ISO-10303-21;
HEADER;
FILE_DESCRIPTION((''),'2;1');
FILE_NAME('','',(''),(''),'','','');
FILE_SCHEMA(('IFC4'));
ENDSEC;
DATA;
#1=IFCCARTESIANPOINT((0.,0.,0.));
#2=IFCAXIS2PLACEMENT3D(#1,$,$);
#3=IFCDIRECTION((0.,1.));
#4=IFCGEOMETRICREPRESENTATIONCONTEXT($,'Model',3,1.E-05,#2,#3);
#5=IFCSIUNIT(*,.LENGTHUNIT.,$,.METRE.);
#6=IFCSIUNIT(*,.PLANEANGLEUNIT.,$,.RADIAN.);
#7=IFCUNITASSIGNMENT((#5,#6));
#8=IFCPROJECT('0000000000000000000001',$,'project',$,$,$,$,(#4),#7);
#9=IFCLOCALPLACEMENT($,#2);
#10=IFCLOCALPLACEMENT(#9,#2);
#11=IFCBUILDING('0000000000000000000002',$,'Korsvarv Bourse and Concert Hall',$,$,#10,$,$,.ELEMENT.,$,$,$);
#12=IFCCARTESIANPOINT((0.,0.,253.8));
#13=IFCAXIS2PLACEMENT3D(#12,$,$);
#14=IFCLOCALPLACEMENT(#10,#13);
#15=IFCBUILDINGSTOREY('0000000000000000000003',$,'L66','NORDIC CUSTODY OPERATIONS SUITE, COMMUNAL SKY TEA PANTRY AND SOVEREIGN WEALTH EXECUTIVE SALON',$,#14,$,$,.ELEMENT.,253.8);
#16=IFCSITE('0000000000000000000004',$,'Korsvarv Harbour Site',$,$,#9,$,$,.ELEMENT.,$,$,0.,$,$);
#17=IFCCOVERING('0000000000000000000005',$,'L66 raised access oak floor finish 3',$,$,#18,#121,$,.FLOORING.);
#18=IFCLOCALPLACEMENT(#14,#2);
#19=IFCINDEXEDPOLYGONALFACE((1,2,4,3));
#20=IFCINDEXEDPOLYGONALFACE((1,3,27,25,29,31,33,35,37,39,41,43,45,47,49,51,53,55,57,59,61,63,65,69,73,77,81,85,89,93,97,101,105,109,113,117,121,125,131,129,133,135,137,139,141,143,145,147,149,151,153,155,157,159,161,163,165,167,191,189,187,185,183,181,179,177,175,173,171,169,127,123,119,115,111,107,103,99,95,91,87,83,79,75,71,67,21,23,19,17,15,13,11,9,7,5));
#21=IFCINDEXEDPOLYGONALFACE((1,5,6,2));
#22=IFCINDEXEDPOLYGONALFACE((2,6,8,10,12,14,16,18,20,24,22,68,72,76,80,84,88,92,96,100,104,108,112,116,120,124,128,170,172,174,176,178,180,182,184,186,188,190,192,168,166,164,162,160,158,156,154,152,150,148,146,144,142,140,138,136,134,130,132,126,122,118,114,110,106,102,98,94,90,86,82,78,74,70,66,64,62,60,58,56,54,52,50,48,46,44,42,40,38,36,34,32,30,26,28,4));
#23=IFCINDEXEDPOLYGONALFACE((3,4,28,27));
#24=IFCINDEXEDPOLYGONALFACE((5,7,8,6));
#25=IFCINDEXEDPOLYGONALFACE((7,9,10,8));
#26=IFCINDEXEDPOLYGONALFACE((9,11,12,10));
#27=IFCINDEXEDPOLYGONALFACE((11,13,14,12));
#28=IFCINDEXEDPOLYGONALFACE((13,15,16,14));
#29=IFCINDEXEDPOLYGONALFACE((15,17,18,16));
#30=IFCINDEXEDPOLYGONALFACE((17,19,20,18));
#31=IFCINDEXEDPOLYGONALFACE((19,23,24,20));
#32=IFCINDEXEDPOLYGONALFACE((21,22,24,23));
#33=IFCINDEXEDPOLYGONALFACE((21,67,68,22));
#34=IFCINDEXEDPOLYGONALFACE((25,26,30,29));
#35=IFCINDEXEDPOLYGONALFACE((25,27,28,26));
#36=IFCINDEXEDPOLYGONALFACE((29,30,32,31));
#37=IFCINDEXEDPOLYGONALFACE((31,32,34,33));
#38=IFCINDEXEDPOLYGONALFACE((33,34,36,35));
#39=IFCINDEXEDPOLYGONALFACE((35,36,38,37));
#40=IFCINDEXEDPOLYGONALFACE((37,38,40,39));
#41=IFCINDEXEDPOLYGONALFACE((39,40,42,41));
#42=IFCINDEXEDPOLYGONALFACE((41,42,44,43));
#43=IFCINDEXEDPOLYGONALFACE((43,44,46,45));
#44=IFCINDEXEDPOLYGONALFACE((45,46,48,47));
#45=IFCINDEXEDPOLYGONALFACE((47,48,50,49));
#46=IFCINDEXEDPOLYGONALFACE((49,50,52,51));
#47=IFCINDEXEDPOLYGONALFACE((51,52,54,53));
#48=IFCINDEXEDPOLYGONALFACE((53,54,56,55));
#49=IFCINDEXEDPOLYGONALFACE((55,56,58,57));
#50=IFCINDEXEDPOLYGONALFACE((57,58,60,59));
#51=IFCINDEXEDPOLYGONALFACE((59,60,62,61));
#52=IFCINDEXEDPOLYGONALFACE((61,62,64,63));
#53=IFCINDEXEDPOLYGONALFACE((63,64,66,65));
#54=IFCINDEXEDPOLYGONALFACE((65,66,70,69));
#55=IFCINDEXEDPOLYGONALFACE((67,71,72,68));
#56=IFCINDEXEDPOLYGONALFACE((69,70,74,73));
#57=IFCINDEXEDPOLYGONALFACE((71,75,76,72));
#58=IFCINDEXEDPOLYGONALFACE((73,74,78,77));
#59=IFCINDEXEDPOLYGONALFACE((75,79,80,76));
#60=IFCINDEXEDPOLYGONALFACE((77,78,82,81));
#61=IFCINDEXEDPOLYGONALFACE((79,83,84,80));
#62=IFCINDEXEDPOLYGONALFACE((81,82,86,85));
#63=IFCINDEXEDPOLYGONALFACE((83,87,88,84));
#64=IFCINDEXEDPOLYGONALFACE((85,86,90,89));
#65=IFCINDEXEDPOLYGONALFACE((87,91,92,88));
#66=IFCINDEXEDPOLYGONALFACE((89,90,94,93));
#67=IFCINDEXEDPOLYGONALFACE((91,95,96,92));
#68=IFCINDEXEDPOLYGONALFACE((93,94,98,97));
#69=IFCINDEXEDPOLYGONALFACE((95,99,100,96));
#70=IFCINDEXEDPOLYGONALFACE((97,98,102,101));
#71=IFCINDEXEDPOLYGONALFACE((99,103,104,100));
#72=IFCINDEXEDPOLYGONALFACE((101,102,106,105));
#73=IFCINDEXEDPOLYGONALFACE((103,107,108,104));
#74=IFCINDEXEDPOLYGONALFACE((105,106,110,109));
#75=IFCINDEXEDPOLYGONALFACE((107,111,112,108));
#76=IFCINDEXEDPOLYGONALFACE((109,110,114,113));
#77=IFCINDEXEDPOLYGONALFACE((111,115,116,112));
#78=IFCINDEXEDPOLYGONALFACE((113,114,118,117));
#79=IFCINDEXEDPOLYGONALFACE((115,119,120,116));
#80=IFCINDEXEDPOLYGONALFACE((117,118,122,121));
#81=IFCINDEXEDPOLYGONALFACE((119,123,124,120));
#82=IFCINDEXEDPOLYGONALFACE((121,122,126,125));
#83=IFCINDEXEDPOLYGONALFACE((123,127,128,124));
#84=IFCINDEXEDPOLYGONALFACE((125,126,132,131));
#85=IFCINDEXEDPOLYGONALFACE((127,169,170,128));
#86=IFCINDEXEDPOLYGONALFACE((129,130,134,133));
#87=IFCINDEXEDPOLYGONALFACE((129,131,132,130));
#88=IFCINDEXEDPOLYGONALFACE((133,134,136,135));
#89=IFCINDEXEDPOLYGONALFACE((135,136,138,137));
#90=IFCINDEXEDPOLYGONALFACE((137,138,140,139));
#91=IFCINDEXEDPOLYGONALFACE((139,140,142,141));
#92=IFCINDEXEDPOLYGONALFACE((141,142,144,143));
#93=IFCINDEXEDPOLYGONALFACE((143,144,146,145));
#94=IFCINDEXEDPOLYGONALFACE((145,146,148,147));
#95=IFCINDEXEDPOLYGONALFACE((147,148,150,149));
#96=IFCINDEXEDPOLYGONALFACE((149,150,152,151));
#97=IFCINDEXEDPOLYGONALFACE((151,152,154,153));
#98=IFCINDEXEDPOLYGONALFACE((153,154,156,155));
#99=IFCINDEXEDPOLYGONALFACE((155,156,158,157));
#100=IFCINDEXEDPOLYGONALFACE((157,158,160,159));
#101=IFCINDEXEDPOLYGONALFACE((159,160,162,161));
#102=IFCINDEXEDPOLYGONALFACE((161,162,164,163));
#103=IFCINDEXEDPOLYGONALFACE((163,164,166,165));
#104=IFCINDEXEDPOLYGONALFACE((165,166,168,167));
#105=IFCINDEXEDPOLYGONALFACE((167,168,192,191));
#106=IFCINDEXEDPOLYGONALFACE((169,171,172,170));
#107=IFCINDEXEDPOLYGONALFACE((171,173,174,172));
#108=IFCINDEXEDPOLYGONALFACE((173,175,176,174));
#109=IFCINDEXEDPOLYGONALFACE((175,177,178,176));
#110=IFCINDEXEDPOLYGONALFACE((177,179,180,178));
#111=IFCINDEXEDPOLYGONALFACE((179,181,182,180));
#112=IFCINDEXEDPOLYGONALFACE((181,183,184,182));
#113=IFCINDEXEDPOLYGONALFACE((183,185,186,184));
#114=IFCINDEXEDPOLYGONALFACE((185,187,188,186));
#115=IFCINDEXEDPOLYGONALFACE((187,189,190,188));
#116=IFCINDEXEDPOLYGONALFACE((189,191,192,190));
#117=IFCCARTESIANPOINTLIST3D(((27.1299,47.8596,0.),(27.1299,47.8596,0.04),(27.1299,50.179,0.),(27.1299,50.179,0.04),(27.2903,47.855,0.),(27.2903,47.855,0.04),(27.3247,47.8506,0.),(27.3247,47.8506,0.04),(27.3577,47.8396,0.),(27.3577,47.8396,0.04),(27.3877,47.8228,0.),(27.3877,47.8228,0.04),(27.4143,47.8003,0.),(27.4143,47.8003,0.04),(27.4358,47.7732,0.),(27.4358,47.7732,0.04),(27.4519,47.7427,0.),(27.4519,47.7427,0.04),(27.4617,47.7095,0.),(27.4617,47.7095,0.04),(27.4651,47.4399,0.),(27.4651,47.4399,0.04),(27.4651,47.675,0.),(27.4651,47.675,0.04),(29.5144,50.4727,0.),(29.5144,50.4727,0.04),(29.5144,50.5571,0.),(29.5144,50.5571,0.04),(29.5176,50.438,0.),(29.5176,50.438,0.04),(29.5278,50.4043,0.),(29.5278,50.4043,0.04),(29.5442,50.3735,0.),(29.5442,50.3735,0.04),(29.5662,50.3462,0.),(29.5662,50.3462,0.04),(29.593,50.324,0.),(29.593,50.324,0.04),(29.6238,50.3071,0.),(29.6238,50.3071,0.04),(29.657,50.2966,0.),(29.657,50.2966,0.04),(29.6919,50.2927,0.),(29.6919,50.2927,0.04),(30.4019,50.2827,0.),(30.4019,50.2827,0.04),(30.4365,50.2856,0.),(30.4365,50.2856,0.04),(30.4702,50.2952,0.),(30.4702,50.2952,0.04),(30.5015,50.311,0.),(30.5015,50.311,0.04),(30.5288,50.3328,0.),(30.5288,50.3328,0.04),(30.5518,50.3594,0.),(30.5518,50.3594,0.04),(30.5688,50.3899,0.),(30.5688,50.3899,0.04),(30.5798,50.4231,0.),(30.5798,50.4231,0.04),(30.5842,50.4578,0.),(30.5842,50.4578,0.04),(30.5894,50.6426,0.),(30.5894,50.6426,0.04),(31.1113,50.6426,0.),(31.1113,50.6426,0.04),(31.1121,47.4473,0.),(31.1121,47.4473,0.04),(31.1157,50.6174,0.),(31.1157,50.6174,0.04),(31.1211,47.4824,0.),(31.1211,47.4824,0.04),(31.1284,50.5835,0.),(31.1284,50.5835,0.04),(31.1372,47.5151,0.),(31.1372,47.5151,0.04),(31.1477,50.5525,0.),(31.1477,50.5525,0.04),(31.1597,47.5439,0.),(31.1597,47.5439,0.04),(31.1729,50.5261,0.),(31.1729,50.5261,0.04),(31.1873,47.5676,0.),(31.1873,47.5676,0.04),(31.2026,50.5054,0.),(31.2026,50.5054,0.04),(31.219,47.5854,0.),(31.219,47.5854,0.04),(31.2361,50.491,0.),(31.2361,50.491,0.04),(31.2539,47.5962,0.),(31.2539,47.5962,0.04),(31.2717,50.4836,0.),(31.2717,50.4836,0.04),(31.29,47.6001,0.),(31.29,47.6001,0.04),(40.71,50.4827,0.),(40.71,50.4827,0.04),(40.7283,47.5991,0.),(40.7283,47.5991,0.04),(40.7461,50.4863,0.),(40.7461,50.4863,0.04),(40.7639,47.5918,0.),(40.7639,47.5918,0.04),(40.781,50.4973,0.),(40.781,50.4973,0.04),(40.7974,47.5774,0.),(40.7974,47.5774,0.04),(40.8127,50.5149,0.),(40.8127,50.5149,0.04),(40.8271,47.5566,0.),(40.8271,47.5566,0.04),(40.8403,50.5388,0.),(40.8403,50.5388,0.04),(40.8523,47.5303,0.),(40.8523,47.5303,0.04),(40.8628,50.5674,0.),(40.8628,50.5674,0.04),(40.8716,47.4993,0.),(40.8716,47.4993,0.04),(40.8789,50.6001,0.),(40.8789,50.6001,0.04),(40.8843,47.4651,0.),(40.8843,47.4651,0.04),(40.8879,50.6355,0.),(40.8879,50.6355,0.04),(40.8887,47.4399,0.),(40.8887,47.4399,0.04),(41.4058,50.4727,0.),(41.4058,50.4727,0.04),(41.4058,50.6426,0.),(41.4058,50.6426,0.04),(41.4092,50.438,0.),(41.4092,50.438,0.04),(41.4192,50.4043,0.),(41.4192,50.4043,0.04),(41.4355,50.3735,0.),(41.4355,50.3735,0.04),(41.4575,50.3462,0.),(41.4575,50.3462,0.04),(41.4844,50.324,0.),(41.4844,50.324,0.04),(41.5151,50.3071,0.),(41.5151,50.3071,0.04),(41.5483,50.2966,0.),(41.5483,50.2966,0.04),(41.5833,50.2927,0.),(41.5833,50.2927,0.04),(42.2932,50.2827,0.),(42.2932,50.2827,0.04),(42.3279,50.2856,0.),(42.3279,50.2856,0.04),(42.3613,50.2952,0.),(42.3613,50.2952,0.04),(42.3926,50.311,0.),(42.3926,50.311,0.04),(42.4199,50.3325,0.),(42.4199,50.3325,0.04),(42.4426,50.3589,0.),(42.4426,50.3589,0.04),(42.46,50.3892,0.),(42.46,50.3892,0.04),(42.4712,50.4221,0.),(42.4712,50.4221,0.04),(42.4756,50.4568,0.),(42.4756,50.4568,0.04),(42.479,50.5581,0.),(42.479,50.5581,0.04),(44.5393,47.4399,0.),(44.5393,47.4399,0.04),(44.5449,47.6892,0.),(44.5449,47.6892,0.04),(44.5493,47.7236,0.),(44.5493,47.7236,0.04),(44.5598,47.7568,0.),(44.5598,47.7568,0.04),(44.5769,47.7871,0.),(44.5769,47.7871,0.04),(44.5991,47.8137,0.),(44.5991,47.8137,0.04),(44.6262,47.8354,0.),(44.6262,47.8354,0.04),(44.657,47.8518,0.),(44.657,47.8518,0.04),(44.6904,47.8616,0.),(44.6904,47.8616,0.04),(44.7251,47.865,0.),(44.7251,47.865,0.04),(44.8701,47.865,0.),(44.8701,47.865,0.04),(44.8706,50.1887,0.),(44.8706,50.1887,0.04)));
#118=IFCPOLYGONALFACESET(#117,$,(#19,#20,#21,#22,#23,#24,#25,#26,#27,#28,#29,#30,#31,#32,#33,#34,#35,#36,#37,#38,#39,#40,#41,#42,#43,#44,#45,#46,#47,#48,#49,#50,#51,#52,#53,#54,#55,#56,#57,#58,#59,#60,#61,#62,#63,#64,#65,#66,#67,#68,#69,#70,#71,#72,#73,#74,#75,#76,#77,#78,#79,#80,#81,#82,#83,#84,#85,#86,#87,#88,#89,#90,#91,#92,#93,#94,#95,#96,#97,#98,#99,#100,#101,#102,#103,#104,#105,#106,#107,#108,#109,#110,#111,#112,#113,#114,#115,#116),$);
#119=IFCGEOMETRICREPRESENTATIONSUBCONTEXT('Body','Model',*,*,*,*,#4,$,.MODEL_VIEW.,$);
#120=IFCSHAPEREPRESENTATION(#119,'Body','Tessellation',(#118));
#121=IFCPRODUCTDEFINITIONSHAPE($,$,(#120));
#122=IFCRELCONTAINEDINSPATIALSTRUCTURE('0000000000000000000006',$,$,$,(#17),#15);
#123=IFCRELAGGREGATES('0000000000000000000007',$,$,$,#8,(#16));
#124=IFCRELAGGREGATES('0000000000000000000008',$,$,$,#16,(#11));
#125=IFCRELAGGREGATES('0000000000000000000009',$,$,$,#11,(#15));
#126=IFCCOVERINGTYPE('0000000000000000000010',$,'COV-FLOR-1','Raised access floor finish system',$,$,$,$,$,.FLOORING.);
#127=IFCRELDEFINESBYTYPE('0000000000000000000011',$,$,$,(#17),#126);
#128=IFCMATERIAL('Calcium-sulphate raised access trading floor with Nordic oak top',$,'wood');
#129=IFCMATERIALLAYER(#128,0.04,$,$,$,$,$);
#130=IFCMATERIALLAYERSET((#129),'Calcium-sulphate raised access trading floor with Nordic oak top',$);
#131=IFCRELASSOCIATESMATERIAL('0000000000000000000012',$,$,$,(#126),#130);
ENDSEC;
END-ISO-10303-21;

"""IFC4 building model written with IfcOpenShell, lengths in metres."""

from ifc_helpers import new_model, si_unit, direction, frame, origin, place, context, subcontext, project, spatial, polyline, outline, extrude, material, layer, layer_set, type_object, element, save


model = new_model("IFC4")

# Units and contexts
model_context = context("Model", 3, precision=1e-05, world=origin(), true_north=direction((0.0, 1.0)))
body_context = subcontext(model_context, "Body", "Model", "MODEL_VIEW")
ifc_project = project(units=[si_unit("LENGTHUNIT", "METRE"), si_unit("PLANEANGLEUNIT", "RADIAN")], contexts=[model_context])

# Site, building, storey
site_placement = place(None, origin())
site = spatial("IfcSite", under=ifc_project, at=site_placement, Name="Korsvarv Harbour Site", CompositionType="ELEMENT", RefElevation=0.0)
building_placement = place(site_placement, origin())
building = spatial("IfcBuilding", under=site, at=building_placement, Name="Korsvarv Bourse and Concert Hall", CompositionType="ELEMENT")
storey_placement = place(building_placement, frame((0.0, 0.0, 253.8)))
storey = spatial("IfcBuildingStorey", under=building, at=storey_placement, Name="L66", Description="NORDIC CUSTODY OPERATIONS SUITE, COMMUNAL SKY TEA PANTRY AND SOVEREIGN WEALTH EXECUTIVE SALON", CompositionType="ELEMENT", Elevation=253.8)

# Covering
ifc_material_1 = material(Name="Calcium-sulphate raised access trading floor with Nordic oak top", Category="wood")
ifc_layer_1 = layer(ifc_material_1, 0.04)
ifc_layer_set_1 = layer_set([ifc_layer_1], Name="Calcium-sulphate raised access trading floor with Nordic oak top")
covering_type_1 = type_object("IfcCoveringType", Name="COV-FLOR-1", Description="Raised access floor finish system", PredefinedType="FLOORING", material=ifc_layer_set_1)
covering_1_placement = place(storey_placement, origin())
element("IfcCovering", 1, at=covering_1_placement, inside=storey, type_object=covering_type_1, Name="L66 raised access oak floor finish 3", PredefinedType="FLOORING", context=body_context, shape_type="SweptSolid", body=[
    extrude(outline(polyline([(29.5144, 50.5571), (29.5144, 50.4727), (29.5176, 50.438), (29.5278, 50.4043), (29.5442, 50.3735), (29.5662, 50.3462), (29.593, 50.324), (29.6238, 50.3071), (29.657, 50.2966), (29.6919, 50.2927), (30.4019, 50.2827), (30.4365, 50.2856), (30.4702, 50.2952), (30.5015, 50.311), (30.5288, 50.3328), (30.5518, 50.3594), (30.5688, 50.3899), (30.5798, 50.4231), (30.5842, 50.4578), (30.5894, 50.6426), (31.1113, 50.6426), (31.1157, 50.6174), (31.1284, 50.5835), (31.1477, 50.5525), (31.1729, 50.5261), (31.2026, 50.5054), (31.2361, 50.491), (31.2717, 50.4836), (40.71, 50.4827), (40.7461, 50.4863), (40.781, 50.4973), (40.8127, 50.5149), (40.8403, 50.5388), (40.8628, 50.5674), (40.8789, 50.6001), (40.8879, 50.6355), (41.4058, 50.6426), (41.4058, 50.4727), (41.4092, 50.438), (41.4192, 50.4043), (41.4355, 50.3735), (41.4575, 50.3462), (41.4844, 50.324), (41.5151, 50.3071), (41.5483, 50.2966), (41.5833, 50.2927), (42.2932, 50.2827), (42.3279, 50.2856), (42.3613, 50.2952), (42.3926, 50.311), (42.4199, 50.3325), (42.4426, 50.3589), (42.46, 50.3892), (42.4712, 50.4221), (42.4756, 50.4568), (42.479, 50.5581), (44.8706, 50.1887), (44.8701, 47.865), (44.7251, 47.865), (44.6904, 47.8616), (44.657, 47.8518), (44.6262, 47.8354), (44.5991, 47.8137), (44.5769, 47.7871), (44.5598, 47.7568), (44.5493, 47.7236), (44.5449, 47.6892), (44.5393, 47.4399), (40.8887, 47.4399), (40.8843, 47.4651), (40.8716, 47.4993), (40.8523, 47.5303), (40.8271, 47.5566), (40.7974, 47.5774), (40.7639, 47.5918), (40.7283, 47.5991), (31.29, 47.6001), (31.2539, 47.5962), (31.219, 47.5854), (31.1873, 47.5676), (31.1597, 47.5439), (31.1372, 47.5151), (31.1211, 47.4824), (31.1121, 47.4473), (27.4651, 47.4399), (27.4651, 47.675), (27.4617, 47.7095), (27.4519, 47.7427), (27.4358, 47.7732), (27.4143, 47.8003), (27.3877, 47.8228), (27.3577, 47.8396), (27.3247, 47.8506), (27.2903, 47.855), (27.1299, 47.8596), (27.1299, 50.179), (29.5144, 50.5571)])), origin(), (0.0, 0.0, 1.0), 0.04),
])

save(model, "model.ifc")
